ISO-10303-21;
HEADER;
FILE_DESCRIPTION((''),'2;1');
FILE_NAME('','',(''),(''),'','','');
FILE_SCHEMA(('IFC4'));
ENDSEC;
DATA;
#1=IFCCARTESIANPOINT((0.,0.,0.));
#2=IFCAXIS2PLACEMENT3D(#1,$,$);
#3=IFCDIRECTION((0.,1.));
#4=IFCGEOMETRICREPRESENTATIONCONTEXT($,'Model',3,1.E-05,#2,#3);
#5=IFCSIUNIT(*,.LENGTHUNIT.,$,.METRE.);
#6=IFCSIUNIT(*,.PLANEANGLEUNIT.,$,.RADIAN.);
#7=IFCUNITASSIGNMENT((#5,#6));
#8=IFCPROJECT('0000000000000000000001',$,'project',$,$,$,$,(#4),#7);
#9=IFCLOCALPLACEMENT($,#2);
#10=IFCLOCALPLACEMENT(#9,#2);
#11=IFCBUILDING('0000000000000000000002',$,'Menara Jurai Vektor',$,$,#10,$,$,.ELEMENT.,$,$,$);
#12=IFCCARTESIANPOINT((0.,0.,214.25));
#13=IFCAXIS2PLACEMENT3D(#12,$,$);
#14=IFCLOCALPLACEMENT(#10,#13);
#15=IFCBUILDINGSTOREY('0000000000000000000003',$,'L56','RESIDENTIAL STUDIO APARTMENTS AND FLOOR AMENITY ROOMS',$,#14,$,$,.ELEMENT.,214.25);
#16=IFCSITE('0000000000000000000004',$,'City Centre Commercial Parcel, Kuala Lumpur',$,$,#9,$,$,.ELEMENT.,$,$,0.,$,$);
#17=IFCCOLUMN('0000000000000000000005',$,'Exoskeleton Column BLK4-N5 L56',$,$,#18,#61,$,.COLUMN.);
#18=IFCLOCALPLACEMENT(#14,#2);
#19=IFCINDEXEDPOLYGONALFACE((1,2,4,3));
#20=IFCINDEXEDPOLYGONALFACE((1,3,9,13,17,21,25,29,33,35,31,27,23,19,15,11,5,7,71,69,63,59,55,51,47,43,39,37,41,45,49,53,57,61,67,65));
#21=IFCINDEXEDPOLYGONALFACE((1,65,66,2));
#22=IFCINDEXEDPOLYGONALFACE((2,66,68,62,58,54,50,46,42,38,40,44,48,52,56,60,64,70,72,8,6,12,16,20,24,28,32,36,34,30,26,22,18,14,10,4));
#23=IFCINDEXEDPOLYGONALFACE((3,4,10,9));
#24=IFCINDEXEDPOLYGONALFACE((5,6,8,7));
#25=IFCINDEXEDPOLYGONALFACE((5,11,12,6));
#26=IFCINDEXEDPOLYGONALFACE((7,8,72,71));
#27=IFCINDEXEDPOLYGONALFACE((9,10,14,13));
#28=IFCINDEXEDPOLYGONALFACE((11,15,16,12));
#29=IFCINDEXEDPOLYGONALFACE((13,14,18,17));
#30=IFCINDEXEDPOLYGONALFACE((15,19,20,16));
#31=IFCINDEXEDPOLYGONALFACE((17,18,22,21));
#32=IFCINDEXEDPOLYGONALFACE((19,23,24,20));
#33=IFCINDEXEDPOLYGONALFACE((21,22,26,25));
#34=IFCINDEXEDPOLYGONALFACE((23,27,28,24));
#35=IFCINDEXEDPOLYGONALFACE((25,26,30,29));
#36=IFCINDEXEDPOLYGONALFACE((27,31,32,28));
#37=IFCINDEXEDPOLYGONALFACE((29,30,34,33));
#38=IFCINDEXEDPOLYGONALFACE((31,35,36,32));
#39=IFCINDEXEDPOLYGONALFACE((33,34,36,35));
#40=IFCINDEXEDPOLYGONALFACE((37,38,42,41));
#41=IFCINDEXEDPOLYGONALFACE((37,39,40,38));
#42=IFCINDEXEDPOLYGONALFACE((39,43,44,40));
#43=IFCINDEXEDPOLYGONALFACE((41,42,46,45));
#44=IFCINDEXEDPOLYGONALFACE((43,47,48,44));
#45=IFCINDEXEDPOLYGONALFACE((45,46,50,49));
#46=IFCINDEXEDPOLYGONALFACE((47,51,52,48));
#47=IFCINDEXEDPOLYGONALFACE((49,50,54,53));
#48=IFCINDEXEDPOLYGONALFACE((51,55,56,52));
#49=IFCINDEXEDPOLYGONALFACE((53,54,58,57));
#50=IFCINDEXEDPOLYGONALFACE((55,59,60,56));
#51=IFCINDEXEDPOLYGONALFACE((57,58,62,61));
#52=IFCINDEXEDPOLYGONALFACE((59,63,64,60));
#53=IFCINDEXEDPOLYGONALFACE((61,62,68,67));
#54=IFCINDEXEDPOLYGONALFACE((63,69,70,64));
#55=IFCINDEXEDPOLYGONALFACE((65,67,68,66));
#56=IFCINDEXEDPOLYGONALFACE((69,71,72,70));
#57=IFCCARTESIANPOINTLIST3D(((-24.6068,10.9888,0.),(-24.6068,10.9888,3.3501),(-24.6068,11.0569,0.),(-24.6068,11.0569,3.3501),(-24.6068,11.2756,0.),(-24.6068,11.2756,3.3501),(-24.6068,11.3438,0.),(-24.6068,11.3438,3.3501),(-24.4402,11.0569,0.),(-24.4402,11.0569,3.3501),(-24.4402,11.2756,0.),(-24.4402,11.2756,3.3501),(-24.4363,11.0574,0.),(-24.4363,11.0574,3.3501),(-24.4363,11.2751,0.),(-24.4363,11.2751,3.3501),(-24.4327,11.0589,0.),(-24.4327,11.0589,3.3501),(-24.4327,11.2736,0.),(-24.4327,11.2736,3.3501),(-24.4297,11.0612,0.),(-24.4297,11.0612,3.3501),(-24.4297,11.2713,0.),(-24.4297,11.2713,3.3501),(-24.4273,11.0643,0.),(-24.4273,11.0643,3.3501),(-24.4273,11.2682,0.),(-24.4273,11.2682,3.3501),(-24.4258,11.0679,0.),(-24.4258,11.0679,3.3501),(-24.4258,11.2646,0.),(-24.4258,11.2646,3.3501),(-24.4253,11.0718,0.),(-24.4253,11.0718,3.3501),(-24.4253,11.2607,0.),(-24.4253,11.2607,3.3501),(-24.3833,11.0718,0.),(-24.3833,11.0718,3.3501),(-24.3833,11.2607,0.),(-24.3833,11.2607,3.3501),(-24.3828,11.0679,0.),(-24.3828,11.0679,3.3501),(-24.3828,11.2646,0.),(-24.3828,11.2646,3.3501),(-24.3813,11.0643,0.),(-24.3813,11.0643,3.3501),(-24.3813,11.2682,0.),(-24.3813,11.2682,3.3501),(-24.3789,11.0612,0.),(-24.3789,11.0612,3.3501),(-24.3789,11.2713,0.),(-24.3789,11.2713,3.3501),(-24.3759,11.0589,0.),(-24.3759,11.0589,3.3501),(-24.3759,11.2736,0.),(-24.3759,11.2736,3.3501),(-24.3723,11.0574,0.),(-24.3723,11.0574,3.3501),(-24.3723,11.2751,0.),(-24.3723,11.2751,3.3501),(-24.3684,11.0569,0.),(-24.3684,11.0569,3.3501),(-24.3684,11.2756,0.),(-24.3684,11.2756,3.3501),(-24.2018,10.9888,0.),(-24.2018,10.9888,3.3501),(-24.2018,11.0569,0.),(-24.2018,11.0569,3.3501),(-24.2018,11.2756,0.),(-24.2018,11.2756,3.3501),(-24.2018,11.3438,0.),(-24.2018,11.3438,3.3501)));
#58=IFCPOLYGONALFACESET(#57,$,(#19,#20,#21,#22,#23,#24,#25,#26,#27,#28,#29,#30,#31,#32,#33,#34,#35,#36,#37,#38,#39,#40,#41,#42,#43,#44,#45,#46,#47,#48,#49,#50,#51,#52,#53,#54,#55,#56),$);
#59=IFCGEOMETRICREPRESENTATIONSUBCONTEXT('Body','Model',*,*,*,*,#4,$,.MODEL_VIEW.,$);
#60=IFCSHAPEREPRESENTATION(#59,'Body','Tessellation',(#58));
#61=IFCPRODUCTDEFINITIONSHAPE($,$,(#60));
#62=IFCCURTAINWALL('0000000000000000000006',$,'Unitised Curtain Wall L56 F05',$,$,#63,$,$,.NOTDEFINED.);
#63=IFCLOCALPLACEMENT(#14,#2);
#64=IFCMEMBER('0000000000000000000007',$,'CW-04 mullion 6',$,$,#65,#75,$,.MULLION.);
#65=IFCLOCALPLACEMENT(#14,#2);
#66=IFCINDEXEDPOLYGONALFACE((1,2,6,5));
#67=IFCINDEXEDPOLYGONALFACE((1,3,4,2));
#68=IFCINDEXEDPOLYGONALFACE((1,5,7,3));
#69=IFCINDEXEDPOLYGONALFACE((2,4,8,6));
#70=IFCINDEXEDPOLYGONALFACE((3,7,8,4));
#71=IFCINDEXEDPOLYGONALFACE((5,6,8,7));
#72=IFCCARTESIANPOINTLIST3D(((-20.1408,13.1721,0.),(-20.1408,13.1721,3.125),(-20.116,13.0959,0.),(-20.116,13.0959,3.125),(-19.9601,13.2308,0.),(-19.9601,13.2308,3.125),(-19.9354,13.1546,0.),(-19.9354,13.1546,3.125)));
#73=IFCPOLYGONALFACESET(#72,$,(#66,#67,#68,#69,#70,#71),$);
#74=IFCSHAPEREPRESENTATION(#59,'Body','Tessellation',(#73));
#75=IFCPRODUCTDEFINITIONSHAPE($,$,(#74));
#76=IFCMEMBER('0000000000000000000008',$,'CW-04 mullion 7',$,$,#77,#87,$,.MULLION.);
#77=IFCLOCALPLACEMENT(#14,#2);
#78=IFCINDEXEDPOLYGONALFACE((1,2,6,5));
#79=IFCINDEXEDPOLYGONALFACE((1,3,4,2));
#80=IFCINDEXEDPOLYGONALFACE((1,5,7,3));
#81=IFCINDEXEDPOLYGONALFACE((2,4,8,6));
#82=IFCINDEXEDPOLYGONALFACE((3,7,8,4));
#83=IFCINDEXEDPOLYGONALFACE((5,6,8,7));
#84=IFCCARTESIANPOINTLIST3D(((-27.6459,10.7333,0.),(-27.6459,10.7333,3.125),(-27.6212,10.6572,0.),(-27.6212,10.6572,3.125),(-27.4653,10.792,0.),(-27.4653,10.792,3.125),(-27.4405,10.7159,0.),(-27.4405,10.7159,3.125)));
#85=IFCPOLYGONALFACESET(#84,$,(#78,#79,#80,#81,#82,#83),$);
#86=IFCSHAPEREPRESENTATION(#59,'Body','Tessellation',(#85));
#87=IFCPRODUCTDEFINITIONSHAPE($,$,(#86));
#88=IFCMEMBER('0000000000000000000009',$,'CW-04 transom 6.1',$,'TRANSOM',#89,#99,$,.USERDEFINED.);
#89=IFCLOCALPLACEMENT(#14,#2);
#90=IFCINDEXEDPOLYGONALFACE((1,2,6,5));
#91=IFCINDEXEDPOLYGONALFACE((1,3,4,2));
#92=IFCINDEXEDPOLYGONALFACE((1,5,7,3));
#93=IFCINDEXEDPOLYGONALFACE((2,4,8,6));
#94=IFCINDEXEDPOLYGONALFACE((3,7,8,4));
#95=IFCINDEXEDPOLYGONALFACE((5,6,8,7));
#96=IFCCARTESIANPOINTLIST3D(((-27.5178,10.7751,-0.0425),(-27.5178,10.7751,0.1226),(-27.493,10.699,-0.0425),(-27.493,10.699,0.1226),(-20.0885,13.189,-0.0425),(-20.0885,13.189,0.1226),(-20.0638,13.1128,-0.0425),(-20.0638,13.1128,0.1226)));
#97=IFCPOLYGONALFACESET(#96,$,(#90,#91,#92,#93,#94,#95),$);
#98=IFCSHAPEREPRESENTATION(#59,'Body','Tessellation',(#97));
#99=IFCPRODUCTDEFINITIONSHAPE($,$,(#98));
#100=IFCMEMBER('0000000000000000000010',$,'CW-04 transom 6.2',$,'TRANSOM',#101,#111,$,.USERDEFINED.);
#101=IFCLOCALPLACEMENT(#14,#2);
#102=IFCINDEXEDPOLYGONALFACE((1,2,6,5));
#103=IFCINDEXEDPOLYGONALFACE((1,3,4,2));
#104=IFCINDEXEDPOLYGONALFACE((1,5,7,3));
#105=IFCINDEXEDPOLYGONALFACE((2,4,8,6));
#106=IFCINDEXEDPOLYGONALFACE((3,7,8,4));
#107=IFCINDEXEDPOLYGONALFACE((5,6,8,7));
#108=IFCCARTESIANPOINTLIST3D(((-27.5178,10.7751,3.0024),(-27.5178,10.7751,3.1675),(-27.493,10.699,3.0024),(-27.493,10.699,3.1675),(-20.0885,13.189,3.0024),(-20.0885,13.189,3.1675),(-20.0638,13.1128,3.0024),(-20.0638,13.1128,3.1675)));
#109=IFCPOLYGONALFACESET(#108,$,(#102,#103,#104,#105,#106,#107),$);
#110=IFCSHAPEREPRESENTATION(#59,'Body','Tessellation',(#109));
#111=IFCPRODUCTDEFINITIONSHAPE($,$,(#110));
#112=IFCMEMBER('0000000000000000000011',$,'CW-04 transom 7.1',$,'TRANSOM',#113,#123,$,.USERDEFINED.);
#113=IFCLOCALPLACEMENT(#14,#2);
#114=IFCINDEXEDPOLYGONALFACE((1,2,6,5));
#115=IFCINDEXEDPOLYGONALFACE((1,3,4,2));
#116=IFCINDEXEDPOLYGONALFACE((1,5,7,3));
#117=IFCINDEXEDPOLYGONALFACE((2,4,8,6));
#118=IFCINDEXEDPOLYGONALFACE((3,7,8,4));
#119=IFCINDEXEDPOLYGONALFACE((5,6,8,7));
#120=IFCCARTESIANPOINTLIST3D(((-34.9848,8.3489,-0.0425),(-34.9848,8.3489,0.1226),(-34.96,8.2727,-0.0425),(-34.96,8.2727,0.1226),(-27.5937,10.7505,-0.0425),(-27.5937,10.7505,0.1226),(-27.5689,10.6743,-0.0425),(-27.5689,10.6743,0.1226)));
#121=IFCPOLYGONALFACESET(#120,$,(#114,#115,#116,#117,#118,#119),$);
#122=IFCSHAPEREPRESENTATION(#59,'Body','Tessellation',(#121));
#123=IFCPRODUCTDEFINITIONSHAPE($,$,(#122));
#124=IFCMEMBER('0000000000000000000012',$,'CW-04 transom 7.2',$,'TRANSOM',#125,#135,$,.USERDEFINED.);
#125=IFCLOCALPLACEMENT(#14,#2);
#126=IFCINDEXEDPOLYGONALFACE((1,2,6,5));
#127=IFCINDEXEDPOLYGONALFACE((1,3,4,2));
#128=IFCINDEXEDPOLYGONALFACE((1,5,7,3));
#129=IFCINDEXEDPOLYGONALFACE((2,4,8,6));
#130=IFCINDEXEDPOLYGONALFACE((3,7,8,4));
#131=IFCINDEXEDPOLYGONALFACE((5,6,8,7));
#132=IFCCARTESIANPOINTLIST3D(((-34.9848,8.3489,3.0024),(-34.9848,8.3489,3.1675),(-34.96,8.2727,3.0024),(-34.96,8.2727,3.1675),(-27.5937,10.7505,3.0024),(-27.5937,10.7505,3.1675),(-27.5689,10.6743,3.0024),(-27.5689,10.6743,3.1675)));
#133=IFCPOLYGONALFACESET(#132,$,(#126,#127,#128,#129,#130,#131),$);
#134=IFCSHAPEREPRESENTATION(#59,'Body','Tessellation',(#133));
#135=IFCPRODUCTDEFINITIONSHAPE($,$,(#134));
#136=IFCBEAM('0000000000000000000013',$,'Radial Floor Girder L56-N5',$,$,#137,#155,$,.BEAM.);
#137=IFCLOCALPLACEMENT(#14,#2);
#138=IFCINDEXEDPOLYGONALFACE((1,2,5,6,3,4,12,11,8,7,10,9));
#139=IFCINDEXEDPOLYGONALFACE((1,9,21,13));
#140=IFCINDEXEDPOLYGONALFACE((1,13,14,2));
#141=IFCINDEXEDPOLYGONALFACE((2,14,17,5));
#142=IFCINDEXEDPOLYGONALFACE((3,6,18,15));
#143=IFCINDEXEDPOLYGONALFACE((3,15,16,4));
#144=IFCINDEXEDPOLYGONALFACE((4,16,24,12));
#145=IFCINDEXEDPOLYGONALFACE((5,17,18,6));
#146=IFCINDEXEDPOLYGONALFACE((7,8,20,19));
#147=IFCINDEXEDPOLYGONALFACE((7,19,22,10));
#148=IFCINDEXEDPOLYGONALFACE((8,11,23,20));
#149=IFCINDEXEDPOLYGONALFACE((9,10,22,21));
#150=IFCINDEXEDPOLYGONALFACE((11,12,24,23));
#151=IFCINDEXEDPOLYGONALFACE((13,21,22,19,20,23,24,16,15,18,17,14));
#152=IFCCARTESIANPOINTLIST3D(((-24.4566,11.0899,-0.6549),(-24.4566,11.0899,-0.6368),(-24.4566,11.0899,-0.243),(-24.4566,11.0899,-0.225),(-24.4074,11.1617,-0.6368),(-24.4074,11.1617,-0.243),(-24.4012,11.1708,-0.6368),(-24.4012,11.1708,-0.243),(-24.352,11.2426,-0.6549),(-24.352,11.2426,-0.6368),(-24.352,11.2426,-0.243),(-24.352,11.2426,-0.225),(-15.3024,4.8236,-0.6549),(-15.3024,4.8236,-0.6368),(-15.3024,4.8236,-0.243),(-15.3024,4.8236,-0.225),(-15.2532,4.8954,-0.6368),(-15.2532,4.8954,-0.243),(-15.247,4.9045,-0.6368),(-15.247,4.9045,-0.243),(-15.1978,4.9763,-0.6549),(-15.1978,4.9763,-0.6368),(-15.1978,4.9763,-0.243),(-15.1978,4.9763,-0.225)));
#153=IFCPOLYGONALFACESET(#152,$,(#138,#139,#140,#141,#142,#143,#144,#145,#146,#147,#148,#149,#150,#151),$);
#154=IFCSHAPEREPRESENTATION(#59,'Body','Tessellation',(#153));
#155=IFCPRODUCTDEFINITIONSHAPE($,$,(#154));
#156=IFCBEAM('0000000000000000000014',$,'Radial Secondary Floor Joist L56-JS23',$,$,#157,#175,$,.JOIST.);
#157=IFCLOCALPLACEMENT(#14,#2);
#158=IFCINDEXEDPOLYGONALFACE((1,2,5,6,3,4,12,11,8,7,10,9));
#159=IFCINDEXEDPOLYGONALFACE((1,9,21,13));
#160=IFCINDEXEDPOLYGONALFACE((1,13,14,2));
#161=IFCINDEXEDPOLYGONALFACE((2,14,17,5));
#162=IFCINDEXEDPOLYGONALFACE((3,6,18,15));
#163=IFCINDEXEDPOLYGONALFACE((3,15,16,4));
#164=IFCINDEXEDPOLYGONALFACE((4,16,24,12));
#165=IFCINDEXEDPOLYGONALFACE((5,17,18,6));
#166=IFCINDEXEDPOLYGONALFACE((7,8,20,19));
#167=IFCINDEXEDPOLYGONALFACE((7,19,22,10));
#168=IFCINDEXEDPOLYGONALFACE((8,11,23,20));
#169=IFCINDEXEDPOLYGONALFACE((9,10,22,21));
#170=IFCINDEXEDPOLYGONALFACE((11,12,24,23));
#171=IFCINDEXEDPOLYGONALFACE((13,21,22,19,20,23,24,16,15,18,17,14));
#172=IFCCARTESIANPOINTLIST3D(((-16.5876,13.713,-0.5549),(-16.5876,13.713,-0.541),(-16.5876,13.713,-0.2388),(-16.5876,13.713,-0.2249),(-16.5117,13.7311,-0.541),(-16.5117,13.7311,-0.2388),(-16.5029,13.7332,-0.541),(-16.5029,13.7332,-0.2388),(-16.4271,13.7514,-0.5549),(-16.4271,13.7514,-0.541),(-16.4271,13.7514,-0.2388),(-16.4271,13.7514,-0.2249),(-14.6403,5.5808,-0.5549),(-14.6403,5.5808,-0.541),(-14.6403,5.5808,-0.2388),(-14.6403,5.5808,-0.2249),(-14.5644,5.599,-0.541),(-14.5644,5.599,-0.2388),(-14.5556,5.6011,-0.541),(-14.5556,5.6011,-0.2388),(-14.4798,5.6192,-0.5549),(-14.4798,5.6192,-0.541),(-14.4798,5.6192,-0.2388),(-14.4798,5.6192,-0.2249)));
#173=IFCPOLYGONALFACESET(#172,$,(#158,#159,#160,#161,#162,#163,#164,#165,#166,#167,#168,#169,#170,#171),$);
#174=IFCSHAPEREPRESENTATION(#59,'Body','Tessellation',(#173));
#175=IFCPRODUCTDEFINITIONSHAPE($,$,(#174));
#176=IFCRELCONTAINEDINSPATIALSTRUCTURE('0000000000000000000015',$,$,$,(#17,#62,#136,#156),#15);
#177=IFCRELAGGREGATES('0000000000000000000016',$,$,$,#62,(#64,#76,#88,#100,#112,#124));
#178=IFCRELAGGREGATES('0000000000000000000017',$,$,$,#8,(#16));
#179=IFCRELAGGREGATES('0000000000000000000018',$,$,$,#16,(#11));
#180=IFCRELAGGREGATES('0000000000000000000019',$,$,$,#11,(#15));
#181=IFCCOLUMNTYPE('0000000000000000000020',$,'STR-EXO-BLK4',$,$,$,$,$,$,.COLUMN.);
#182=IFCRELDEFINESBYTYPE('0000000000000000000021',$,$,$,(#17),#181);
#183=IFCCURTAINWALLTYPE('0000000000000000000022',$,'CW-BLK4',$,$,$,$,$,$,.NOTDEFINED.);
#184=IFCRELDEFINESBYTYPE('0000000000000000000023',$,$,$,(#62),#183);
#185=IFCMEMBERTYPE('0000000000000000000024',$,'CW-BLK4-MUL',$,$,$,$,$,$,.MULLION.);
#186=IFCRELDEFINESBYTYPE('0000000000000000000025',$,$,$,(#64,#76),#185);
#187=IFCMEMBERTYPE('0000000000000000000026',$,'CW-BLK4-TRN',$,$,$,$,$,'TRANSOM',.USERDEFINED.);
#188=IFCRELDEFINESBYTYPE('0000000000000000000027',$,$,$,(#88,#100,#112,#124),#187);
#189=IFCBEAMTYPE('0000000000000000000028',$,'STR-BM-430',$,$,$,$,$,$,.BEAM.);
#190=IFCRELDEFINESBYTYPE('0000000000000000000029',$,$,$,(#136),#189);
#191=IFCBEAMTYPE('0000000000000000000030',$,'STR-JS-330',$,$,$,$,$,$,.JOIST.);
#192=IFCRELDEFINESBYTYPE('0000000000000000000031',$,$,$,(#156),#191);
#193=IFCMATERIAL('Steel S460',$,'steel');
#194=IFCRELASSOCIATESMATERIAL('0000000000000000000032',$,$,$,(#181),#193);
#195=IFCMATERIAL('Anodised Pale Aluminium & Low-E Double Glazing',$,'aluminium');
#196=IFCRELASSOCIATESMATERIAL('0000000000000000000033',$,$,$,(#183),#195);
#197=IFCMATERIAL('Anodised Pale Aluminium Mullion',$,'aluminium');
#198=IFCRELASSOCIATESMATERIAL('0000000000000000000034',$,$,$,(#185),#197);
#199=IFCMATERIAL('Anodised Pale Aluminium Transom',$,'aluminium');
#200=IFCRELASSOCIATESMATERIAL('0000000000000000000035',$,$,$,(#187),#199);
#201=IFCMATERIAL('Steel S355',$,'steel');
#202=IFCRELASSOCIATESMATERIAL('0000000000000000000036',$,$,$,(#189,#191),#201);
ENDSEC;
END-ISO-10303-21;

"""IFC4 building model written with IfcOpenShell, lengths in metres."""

from ifc_helpers import new_model, si_unit, direction, frame, origin, origin_2d, place, context, subcontext, project, spatial, rectangle, i_section, extrude, material, material_profile, profile_set, type_object, element, aggregate, save


model = new_model("IFC4")

# Units and contexts
model_context = context("Model", 3, precision=1e-05, world=origin(), true_north=direction((0.0, 1.0)))
body_context = subcontext(model_context, "Body", "Model", "MODEL_VIEW")
ifc_project = project(units=[si_unit("LENGTHUNIT", "METRE"), si_unit("PLANEANGLEUNIT", "RADIAN")], contexts=[model_context])

# Site, building, storey
site_placement = place(None, origin())
site = spatial("IfcSite", under=ifc_project, at=site_placement, Name="City Centre Commercial Parcel, Kuala Lumpur", CompositionType="ELEMENT", RefElevation=0.0)
building_placement = place(site_placement, origin())
building = spatial("IfcBuilding", under=site, at=building_placement, Name="Menara Jurai Vektor", CompositionType="ELEMENT")
storey_placement = place(building_placement, frame((0.0, 0.0, 214.25)))
storey = spatial("IfcBuildingStorey", under=building, at=storey_placement, Name="L56", Description="RESIDENTIAL STUDIO APARTMENTS AND FLOOR AMENITY ROOMS", CompositionType="ELEMENT", Elevation=214.25)

# Column
ifc_material_1 = material(Name="Steel S460", Category="steel")
ifc_material_profile_1 = material_profile(ifc_material_1, i_section(OverallWidth=0.405, OverallDepth=0.355, WebThickness=0.042, FlangeThickness=0.0681, FilletRadius=0.0149, at=origin_2d()), Name="HD 400x551")
ifc_profile_set_1 = profile_set([ifc_material_profile_1], Name="Steel S460")
column_type = type_object("IfcColumnType", Name="STR-EXO-BLK4", PredefinedType="COLUMN", material=ifc_profile_set_1)
column_placement = place(storey_placement, frame((-24.4043, 11.1663, 0.0), z_axis=(0.0, 0.0, 1.0), x_axis=(1.0, 0.0, 0.0)))
element("IfcColumn", 1, at=column_placement, inside=storey, type_object=column_type, Name="Exoskeleton Column BLK4-N5 L56", PredefinedType="COLUMN", context=body_context, shape_type="SweptSolid", body=[
    extrude(i_section(OverallWidth=0.405, OverallDepth=0.355, WebThickness=0.042, FlangeThickness=0.0681, FilletRadius=0.0149, at=origin_2d()), origin(), (0.0, 0.0, 1.0), 3.3501),
])

# Curtain wall, members
ifc_material_2 = material(Name="Anodised Pale Aluminium & Low-E Double Glazing", Category="aluminium")
curtain_wall_type = type_object("IfcCurtainWallType", Name="CW-BLK4", PredefinedType="NOTDEFINED", material=ifc_material_2)
curtain_wall_placement = place(storey_placement, origin())
curtain_wall = element("IfcCurtainWall", 2, at=curtain_wall_placement, inside=storey, type_object=curtain_wall_type, Name="Unitised Curtain Wall L56 F05", PredefinedType="NOTDEFINED")
ifc_material_3 = material(Name="Anodised Pale Aluminium Mullion", Category="aluminium")
ifc_material_profile_2 = material_profile(ifc_material_3, rectangle(XDim=0.0801, YDim=0.1899, at=origin_2d()), Name="ALU MUL 80x190")
ifc_profile_set_2 = profile_set([ifc_material_profile_2], Name="Anodised Pale Aluminium Mullion")
member_type_1 = type_object("IfcMemberType", Name="CW-BLK4-MUL", PredefinedType="MULLION", material=ifc_profile_set_2)
member_1_placement = place(storey_placement, frame((-20.0381, 13.1633, 0.0), z_axis=(0.0, 0.0, 1.0), x_axis=(0.309017, -0.951056, 0.0)))
member_1 = element("IfcMember", 3, at=member_1_placement, type_object=member_type_1, Name="CW-04 mullion 6", PredefinedType="MULLION", context=body_context, shape_type="SweptSolid", body=[
    extrude(rectangle(XDim=0.0801, YDim=0.1899, at=origin_2d()), origin(), (0.0, 0.0, 1.0), 3.125),
])
member_2_placement = place(storey_placement, frame((-27.5432, 10.7246, 0.0), z_axis=(0.0, 0.0, 1.0), x_axis=(0.309017, -0.951056, 0.0)))
member_2 = element("IfcMember", 4, at=member_2_placement, type_object=member_type_1, Name="CW-04 mullion 7", PredefinedType="MULLION", context=body_context, shape_type="SweptSolid", body=[
    extrude(rectangle(XDim=0.0801, YDim=0.1899, at=origin_2d()), origin(), (0.0, 0.0, 1.0), 3.125),
])
ifc_material_4 = material(Name="Anodised Pale Aluminium Transom", Category="aluminium")
ifc_material_profile_3 = material_profile(ifc_material_4, rectangle(XDim=0.0801, YDim=0.165, at=origin_2d()), Name="ALU TRN 80x165")
ifc_profile_set_3 = profile_set([ifc_material_profile_3], Name="Anodised Pale Aluminium Transom")
member_type_2 = type_object("IfcMemberType", Name="CW-BLK4-TRN", ElementType="TRANSOM", PredefinedType="USERDEFINED", material=ifc_profile_set_3)
member_3_placement = place(storey_placement, frame((-20.0762, 13.1509, 0.04), z_axis=(-0.951059, -0.309008, 0.0), x_axis=(0.309008, -0.951059, 0.0)))
member_3 = element("IfcMember", 5, at=member_3_placement, type_object=member_type_2, Name="CW-04 transom 6.1", ObjectType="TRANSOM", PredefinedType="USERDEFINED", context=body_context, shape_type="SweptSolid", body=[
    extrude(rectangle(XDim=0.0801, YDim=0.165, at=origin_2d()), origin(), (0.0, 0.0, 1.0), 7.8115),
])
member_4_placement = place(storey_placement, frame((-20.0762, 13.1509, 3.085), z_axis=(-0.951059, -0.309008, 0.0), x_axis=(0.309008, -0.951059, 0.0)))
member_4 = element("IfcMember", 6, at=member_4_placement, type_object=member_type_2, Name="CW-04 transom 6.2", ObjectType="TRANSOM", PredefinedType="USERDEFINED", context=body_context, shape_type="SweptSolid", body=[
    extrude(rectangle(XDim=0.0801, YDim=0.165, at=origin_2d()), origin(), (0.0, 0.0, 1.0), 7.8115),
])
member_5_placement = place(storey_placement, frame((-27.5813, 10.7124, 0.04), z_axis=(-0.951053, -0.309028, 0.0), x_axis=(0.309028, -0.951053, 0.0)))
member_5 = element("IfcMember", 7, at=member_5_placement, type_object=member_type_2, Name="CW-04 transom 7.1", ObjectType="TRANSOM", PredefinedType="USERDEFINED", context=body_context, shape_type="SweptSolid", body=[
    extrude(rectangle(XDim=0.0801, YDim=0.165, at=origin_2d()), origin(), (0.0, 0.0, 1.0), 7.7715),
])
member_6_placement = place(storey_placement, frame((-27.5813, 10.7124, 3.085), z_axis=(-0.951053, -0.309028, 0.0), x_axis=(0.309028, -0.951053, 0.0)))
member_6 = element("IfcMember", 8, at=member_6_placement, type_object=member_type_2, Name="CW-04 transom 7.2", ObjectType="TRANSOM", PredefinedType="USERDEFINED", context=body_context, shape_type="SweptSolid", body=[
    extrude(rectangle(XDim=0.0801, YDim=0.165, at=origin_2d()), origin(), (0.0, 0.0, 1.0), 7.7715),
])

# Beams
ifc_material_5 = material(Name="Steel S355", Category="steel")
ifc_material_profile_4 = material_profile(ifc_material_5, i_section(OverallWidth=0.1851, OverallDepth=0.4299, WebThickness=0.011, FlangeThickness=0.0181, at=origin_2d()), Name="PG 430x185x76")
ifc_profile_set_4 = profile_set([ifc_material_profile_4], Name="Steel S355")
beam_type_1 = type_object("IfcBeamType", Name="STR-BM-430", PredefinedType="BEAM", material=ifc_profile_set_4)
beam_1_placement = place(storey_placement, frame((-24.4043, 11.1663, -0.4399), z_axis=(0.825186, -0.564861, 0.0), x_axis=(0.564861, 0.825186, 0.0)))
element("IfcBeam", 9, at=beam_1_placement, inside=storey, type_object=beam_type_1, Name="Radial Floor Girder L56-N5", PredefinedType="BEAM", context=body_context, shape_type="SweptSolid", body=[
    extrude(i_section(OverallWidth=0.1851, OverallDepth=0.4299, WebThickness=0.011, FlangeThickness=0.0181, at=origin_2d()), origin(), (0.0, 0.0, 1.0), 11.0935),
])
ifc_material_profile_5 = material_profile(ifc_material_5, i_section(OverallWidth=0.165, OverallDepth=0.3301, WebThickness=0.009, FlangeThickness=0.0139, at=origin_2d()), Name="PG 330x165x46")
ifc_profile_set_5 = profile_set([ifc_material_profile_5], Name="Steel S355")
beam_type_2 = type_object("IfcBeamType", Name="STR-JS-330", PredefinedType="JOIST", material=ifc_profile_set_5)
beam_2_placement = place(storey_placement, frame((-16.5073, 13.7322, -0.3899), z_axis=(0.232872, -0.972507, 0.0), x_axis=(0.972507, 0.232872, 0.0)))
element("IfcBeam", 10, at=beam_2_placement, inside=storey, type_object=beam_type_2, Name="Radial Secondary Floor Joist L56-JS23", PredefinedType="JOIST", context=body_context, shape_type="SweptSolid", body=[
    extrude(i_section(OverallWidth=0.165, OverallDepth=0.3301, WebThickness=0.009, FlangeThickness=0.0139, at=origin_2d()), origin(), (0.0, 0.0, 1.0), 8.3621),
])

aggregate(curtain_wall, [member_1, member_2, member_3, member_4, member_5, member_6])

save(model, "model.ifc")
